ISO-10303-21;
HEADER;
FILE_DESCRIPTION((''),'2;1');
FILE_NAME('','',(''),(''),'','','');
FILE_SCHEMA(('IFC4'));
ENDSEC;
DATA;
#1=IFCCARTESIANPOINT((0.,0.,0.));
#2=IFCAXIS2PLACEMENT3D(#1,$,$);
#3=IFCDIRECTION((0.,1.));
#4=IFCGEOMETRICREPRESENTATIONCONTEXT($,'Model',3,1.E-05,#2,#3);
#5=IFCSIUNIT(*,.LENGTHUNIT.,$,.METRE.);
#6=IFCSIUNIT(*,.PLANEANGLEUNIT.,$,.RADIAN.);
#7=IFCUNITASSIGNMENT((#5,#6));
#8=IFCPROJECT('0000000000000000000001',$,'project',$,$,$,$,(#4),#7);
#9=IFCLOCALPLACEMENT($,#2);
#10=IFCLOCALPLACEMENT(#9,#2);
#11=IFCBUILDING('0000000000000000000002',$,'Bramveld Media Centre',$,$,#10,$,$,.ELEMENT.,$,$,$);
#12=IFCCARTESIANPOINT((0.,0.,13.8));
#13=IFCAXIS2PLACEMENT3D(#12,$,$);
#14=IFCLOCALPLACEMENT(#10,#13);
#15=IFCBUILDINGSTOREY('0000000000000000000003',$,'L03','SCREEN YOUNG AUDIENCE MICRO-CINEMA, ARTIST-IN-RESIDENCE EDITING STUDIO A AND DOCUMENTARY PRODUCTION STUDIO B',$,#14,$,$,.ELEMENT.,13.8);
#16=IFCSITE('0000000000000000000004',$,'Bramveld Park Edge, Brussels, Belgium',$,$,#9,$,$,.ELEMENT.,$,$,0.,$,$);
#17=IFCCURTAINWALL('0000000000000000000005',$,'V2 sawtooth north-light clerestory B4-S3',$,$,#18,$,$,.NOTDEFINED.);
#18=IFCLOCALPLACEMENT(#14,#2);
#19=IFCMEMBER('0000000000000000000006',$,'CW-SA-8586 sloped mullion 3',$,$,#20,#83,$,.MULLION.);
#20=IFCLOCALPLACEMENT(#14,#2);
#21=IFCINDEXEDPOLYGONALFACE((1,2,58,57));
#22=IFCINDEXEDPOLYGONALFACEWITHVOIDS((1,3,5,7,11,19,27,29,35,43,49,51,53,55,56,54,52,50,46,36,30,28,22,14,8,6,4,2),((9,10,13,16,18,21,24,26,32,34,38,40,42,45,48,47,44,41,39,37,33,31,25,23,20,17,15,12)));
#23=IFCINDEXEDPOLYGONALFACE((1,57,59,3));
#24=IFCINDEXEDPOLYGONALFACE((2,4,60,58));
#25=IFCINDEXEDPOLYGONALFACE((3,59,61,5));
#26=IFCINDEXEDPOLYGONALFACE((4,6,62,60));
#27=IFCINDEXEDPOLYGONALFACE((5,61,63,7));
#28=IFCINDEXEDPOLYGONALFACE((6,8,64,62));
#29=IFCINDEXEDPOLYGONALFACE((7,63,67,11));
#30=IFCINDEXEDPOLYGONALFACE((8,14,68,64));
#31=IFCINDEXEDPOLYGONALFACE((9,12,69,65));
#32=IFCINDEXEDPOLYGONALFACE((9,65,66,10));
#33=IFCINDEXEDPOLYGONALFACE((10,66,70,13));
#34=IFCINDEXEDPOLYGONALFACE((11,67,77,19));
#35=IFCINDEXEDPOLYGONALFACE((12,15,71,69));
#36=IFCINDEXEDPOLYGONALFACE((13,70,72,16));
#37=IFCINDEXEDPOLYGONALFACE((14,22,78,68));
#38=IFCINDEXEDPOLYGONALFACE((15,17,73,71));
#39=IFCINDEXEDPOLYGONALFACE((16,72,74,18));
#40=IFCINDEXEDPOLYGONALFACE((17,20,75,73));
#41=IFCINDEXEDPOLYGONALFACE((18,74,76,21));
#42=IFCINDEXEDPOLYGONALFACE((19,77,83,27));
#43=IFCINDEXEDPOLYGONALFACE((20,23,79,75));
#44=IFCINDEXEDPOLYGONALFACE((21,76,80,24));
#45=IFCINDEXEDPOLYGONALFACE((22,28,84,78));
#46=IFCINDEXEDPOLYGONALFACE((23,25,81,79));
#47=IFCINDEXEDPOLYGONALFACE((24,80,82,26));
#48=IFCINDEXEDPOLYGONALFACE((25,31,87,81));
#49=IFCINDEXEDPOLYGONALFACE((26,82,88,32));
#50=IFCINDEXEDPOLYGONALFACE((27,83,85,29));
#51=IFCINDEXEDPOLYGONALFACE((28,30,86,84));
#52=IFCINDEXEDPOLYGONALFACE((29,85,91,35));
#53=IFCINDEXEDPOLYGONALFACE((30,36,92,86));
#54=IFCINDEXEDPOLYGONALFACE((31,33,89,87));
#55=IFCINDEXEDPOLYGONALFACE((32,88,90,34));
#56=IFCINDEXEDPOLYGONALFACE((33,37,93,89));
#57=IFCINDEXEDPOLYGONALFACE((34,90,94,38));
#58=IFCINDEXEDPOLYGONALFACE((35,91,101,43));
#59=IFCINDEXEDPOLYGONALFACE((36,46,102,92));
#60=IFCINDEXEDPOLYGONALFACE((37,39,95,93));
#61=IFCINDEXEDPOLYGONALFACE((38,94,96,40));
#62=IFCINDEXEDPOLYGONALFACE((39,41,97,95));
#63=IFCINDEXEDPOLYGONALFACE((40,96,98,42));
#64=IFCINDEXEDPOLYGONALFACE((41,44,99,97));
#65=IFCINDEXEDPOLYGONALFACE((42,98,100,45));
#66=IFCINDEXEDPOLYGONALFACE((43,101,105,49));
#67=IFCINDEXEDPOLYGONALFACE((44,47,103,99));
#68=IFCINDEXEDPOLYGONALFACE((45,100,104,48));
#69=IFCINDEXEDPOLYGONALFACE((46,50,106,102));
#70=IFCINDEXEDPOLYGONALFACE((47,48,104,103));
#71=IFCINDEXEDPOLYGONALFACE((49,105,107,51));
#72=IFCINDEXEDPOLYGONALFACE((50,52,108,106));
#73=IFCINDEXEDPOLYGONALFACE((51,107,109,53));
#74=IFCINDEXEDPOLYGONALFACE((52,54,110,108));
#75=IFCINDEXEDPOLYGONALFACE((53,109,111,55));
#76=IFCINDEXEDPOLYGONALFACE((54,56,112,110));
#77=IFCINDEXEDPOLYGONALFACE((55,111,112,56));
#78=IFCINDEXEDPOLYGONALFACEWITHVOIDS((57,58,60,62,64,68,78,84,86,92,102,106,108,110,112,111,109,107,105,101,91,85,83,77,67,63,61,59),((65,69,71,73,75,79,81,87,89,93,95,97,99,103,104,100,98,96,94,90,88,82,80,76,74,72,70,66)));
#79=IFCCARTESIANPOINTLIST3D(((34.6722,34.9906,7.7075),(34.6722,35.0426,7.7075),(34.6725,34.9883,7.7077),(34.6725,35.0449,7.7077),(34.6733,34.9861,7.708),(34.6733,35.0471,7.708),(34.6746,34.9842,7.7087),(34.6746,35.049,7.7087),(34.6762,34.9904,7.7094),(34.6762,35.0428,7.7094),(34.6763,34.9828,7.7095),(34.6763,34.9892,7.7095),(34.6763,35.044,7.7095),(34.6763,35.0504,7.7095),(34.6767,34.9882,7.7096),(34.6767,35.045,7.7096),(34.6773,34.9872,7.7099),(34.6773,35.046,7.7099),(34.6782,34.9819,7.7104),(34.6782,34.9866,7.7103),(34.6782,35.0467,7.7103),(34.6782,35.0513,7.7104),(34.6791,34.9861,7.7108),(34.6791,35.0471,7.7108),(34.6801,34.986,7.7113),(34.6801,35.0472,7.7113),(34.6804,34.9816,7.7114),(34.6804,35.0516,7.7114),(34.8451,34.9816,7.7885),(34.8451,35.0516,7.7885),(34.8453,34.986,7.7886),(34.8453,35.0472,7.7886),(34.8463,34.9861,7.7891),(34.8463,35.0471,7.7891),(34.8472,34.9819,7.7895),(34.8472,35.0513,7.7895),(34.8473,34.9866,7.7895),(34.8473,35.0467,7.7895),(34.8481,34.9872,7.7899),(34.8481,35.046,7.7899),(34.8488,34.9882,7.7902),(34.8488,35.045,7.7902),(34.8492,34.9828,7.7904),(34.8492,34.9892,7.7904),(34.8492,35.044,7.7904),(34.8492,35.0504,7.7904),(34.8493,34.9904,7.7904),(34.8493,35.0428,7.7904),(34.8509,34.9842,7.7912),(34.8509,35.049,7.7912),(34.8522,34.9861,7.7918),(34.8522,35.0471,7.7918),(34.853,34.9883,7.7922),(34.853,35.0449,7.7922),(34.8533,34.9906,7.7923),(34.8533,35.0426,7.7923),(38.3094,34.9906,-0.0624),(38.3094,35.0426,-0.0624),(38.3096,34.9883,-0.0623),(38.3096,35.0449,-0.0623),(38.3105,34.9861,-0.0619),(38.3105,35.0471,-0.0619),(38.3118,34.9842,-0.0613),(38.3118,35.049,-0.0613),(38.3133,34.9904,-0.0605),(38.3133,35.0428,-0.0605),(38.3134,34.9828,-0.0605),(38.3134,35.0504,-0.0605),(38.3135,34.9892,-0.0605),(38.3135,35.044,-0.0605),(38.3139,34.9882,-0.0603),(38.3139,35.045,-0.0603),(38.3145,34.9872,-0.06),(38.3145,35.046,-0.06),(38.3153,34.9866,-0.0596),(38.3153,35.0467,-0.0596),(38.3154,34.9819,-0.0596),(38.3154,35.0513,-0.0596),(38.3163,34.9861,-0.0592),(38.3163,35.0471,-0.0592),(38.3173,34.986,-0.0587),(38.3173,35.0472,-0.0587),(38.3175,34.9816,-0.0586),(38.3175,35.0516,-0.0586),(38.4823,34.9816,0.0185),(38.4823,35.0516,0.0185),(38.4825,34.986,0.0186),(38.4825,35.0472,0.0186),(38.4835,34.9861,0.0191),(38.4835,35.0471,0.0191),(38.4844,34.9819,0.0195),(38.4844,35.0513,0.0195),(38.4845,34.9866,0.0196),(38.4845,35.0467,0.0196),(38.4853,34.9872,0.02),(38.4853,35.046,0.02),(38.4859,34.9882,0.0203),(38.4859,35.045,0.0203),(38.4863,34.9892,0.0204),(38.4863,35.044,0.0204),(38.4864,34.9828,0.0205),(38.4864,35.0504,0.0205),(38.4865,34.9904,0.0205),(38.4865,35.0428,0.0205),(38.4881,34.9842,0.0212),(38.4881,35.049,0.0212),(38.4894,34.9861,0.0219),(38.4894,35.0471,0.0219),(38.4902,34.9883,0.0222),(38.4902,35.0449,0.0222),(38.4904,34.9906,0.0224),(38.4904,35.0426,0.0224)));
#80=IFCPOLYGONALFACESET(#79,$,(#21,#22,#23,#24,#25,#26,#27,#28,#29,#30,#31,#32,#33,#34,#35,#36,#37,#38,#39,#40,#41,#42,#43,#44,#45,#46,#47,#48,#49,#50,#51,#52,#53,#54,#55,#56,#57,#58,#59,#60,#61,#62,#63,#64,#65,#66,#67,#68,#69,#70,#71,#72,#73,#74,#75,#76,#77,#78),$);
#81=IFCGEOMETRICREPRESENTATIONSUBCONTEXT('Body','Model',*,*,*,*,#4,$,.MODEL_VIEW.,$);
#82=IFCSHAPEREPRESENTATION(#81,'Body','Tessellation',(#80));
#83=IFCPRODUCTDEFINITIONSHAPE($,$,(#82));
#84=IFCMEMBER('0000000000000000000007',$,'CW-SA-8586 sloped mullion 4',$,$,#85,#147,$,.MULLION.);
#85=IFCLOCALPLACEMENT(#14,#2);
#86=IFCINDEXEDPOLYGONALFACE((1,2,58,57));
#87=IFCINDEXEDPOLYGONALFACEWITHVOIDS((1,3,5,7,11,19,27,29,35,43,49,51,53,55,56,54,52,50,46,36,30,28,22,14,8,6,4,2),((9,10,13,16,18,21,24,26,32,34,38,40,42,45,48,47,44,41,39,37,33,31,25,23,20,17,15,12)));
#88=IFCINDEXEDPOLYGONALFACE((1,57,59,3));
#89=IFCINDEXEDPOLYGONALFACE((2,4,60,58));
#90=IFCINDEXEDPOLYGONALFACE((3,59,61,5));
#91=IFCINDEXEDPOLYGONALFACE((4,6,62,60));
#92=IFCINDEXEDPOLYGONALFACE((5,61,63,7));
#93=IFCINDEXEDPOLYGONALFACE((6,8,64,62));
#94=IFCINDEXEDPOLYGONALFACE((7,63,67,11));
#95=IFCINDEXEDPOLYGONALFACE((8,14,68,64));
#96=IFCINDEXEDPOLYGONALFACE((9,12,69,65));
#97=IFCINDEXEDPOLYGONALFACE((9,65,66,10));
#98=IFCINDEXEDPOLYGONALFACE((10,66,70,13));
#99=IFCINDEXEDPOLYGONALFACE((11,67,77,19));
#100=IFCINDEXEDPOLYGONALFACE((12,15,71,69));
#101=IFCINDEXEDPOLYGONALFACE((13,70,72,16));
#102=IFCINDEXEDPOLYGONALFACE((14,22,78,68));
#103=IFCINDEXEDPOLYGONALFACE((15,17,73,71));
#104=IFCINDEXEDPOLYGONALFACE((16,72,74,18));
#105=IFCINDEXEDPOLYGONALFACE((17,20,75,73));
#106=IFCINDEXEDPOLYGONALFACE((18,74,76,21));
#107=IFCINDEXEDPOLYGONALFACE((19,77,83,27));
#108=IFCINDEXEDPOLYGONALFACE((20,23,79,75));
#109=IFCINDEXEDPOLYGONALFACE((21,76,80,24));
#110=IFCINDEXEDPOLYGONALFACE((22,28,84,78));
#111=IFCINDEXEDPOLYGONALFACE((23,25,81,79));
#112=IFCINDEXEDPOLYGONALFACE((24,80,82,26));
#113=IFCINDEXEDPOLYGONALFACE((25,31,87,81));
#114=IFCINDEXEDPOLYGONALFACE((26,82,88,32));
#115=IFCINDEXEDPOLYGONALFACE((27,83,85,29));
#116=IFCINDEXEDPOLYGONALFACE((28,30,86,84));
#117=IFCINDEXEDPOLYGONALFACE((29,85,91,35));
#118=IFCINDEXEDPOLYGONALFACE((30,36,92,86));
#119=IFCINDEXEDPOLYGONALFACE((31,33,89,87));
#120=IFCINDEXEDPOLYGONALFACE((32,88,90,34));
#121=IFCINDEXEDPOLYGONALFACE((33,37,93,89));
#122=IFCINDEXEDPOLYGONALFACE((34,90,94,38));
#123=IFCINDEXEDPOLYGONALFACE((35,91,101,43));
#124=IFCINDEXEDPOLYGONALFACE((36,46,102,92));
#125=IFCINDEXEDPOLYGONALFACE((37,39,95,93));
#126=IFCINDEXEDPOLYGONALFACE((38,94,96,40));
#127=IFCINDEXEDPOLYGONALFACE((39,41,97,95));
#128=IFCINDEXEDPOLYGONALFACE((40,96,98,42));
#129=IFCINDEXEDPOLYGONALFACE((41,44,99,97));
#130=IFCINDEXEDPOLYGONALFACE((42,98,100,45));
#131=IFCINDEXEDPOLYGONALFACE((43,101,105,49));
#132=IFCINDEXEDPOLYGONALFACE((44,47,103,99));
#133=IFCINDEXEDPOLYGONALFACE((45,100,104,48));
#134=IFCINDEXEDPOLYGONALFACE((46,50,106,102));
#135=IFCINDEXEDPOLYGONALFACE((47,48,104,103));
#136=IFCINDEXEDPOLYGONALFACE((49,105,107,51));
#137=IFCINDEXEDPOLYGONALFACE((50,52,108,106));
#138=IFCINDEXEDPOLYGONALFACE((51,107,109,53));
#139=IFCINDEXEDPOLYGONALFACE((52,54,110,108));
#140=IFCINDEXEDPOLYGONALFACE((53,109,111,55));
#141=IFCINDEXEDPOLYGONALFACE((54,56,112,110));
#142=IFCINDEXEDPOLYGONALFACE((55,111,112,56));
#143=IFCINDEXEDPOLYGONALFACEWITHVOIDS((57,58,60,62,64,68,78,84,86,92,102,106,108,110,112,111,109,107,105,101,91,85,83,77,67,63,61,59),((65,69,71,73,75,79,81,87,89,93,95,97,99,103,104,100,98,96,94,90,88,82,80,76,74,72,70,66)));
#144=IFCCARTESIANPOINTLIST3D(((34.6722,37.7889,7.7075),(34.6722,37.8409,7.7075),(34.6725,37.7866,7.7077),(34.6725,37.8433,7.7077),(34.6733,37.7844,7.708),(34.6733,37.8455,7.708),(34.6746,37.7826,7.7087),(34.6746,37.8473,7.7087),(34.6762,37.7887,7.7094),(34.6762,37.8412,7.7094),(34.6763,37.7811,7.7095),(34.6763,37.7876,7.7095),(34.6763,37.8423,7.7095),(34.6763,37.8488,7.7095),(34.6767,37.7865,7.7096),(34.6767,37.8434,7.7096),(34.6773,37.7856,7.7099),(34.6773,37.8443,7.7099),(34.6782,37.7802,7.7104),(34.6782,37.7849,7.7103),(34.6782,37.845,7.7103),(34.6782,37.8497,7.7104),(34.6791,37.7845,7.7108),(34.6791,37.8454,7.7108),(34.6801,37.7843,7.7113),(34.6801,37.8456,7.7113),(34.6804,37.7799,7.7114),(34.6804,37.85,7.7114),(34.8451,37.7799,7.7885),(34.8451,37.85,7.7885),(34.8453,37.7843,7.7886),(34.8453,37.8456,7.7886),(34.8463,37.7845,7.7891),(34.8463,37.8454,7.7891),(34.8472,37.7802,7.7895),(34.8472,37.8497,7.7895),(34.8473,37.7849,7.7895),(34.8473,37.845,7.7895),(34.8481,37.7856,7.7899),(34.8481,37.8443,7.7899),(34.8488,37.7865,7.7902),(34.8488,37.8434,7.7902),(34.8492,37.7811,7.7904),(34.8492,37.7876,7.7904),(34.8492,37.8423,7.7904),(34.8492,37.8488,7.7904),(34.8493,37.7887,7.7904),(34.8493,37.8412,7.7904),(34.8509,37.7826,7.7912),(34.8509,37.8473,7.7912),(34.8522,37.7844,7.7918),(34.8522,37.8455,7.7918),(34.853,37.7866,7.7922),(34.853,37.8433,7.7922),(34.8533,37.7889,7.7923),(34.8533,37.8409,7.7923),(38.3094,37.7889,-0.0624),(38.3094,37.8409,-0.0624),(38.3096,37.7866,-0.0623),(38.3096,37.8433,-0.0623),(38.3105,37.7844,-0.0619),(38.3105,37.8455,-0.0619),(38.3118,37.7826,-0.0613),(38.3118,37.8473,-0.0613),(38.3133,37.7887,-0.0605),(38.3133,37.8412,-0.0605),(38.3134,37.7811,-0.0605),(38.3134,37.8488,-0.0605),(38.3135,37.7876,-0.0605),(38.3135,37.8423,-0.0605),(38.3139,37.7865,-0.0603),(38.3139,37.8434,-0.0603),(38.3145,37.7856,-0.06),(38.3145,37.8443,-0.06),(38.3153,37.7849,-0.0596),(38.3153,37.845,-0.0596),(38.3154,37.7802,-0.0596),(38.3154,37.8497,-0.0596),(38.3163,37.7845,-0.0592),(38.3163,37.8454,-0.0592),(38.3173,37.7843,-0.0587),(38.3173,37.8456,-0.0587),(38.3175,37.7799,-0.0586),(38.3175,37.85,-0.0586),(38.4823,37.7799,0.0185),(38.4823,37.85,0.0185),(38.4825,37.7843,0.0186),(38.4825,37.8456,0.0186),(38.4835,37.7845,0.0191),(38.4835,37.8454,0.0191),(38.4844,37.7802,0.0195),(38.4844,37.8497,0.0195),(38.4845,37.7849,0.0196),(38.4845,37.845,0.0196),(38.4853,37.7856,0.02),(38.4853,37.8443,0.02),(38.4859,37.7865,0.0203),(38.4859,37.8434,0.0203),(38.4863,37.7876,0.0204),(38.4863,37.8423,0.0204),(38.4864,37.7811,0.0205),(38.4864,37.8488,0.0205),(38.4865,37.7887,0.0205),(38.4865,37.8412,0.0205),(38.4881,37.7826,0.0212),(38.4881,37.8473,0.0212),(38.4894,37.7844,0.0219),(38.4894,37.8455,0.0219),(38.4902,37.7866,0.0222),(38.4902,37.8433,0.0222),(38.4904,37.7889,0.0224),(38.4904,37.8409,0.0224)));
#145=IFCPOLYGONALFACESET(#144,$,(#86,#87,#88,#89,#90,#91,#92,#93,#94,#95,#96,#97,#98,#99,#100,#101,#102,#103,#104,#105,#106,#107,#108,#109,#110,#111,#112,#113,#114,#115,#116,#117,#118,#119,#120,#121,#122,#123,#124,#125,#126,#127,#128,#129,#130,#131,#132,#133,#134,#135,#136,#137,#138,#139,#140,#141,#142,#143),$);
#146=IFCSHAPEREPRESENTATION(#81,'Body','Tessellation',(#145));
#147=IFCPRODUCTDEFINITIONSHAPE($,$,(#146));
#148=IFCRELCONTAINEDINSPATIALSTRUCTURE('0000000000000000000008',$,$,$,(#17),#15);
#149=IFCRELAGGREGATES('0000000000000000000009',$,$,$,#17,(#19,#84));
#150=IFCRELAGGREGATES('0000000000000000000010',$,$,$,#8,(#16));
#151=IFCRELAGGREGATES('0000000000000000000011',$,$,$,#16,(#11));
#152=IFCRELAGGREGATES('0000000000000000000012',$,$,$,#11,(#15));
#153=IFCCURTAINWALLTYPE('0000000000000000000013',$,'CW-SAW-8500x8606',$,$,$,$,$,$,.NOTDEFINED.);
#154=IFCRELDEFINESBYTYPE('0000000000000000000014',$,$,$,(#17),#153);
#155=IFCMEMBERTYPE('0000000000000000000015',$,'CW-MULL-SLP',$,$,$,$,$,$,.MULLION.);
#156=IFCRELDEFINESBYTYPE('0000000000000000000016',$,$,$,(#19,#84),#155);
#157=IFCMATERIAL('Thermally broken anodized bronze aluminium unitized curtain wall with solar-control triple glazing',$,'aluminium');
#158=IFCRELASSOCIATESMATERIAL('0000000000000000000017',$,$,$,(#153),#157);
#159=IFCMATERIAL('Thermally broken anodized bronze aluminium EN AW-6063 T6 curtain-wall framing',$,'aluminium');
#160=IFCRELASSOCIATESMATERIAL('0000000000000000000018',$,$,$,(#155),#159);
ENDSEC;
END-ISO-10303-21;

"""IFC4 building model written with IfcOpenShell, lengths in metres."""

from ifc_helpers import new_model, si_unit, direction, frame, origin, origin_2d, place, context, subcontext, project, spatial, hollow_rectangle, extrude, material, material_profile, profile_set, type_object, element, aggregate, save


model = new_model("IFC4")

# Units and contexts
model_context = context("Model", 3, precision=1e-05, world=origin(), true_north=direction((0.0, 1.0)))
body_context = subcontext(model_context, "Body", "Model", "MODEL_VIEW")
ifc_project = project(units=[si_unit("LENGTHUNIT", "METRE"), si_unit("PLANEANGLEUNIT", "RADIAN")], contexts=[model_context])

# Site, building, storey
site_placement = place(None, origin())
site = spatial("IfcSite", under=ifc_project, at=site_placement, Name="Bramveld Park Edge, Brussels, Belgium", CompositionType="ELEMENT", RefElevation=0.0)
building_placement = place(site_placement, origin())
building = spatial("IfcBuilding", under=site, at=building_placement, Name="Bramveld Media Centre", CompositionType="ELEMENT")
storey_placement = place(building_placement, frame((0.0, 0.0, 13.8)))
storey = spatial("IfcBuildingStorey", under=building, at=storey_placement, Name="L03", Description="SCREEN YOUNG AUDIENCE MICRO-CINEMA, ARTIST-IN-RESIDENCE EDITING STUDIO A AND DOCUMENTARY PRODUCTION STUDIO B", CompositionType="ELEMENT", Elevation=13.8)

# Curtain wall, members
ifc_material_1 = material(Name="Thermally broken anodized bronze aluminium unitized curtain wall with solar-control triple glazing", Category="aluminium")
curtain_wall_type = type_object("IfcCurtainWallType", Name="CW-SAW-8500x8606", PredefinedType="NOTDEFINED", material=ifc_material_1)
curtain_wall_placement = place(storey_placement, origin())
curtain_wall = element("IfcCurtainWall", 1, at=curtain_wall_placement, inside=storey, type_object=curtain_wall_type, Name="V2 sawtooth north-light clerestory B4-S3", PredefinedType="NOTDEFINED")
ifc_material_2 = material(Name="Thermally broken anodized bronze aluminium EN AW-6063 T6 curtain-wall framing", Category="aluminium")
ifc_material_profile_1 = material_profile(ifc_material_2, hollow_rectangle(XDim=0.0701, YDim=0.2, WallThickness=0.0044, InnerFilletRadius=0.0044, OuterFilletRadius=0.009, at=origin_2d()), Name="AL-MULL 70x200")
ifc_profile_set_1 = profile_set([ifc_material_profile_1], Name="Thermally broken anodized bronze aluminium EN AW-6063 T6 curtain-wall framing")
member_type_1 = type_object("IfcMemberType", Name="CW-MULL-SLP", PredefinedType="MULLION", material=ifc_profile_set_1)
member_1_placement = place(storey_placement, frame((38.3999, 35.0166, -0.02), z_axis=(-0.423957, 0.0, 0.905682), x_axis=(0.0, -1.0, 0.0)))
member_1 = element("IfcMember", 2, at=member_1_placement, type_object=member_type_1, Name="CW-SA-8586 sloped mullion 3", PredefinedType="MULLION", context=body_context, shape_type="SweptSolid", body=[
    extrude(hollow_rectangle(XDim=0.0701, YDim=0.2, WallThickness=0.0044, InnerFilletRadius=0.0044, OuterFilletRadius=0.009, at=origin_2d()), origin(), (0.0, 0.0, 1.0), 8.5791),
])
member_2_placement = place(storey_placement, frame((38.3999, 37.8149, -0.02), z_axis=(-0.423957, 0.0, 0.905682), x_axis=(0.0, -1.0, 0.0)))
member_2 = element("IfcMember", 3, at=member_2_placement, type_object=member_type_1, Name="CW-SA-8586 sloped mullion 4", PredefinedType="MULLION", context=body_context, shape_type="SweptSolid", body=[
    extrude(hollow_rectangle(XDim=0.0701, YDim=0.2, WallThickness=0.0044, InnerFilletRadius=0.0044, OuterFilletRadius=0.009, at=origin_2d()), origin(), (0.0, 0.0, 1.0), 8.5791),
])

aggregate(curtain_wall, [member_1, member_2])

save(model, "model.ifc")
